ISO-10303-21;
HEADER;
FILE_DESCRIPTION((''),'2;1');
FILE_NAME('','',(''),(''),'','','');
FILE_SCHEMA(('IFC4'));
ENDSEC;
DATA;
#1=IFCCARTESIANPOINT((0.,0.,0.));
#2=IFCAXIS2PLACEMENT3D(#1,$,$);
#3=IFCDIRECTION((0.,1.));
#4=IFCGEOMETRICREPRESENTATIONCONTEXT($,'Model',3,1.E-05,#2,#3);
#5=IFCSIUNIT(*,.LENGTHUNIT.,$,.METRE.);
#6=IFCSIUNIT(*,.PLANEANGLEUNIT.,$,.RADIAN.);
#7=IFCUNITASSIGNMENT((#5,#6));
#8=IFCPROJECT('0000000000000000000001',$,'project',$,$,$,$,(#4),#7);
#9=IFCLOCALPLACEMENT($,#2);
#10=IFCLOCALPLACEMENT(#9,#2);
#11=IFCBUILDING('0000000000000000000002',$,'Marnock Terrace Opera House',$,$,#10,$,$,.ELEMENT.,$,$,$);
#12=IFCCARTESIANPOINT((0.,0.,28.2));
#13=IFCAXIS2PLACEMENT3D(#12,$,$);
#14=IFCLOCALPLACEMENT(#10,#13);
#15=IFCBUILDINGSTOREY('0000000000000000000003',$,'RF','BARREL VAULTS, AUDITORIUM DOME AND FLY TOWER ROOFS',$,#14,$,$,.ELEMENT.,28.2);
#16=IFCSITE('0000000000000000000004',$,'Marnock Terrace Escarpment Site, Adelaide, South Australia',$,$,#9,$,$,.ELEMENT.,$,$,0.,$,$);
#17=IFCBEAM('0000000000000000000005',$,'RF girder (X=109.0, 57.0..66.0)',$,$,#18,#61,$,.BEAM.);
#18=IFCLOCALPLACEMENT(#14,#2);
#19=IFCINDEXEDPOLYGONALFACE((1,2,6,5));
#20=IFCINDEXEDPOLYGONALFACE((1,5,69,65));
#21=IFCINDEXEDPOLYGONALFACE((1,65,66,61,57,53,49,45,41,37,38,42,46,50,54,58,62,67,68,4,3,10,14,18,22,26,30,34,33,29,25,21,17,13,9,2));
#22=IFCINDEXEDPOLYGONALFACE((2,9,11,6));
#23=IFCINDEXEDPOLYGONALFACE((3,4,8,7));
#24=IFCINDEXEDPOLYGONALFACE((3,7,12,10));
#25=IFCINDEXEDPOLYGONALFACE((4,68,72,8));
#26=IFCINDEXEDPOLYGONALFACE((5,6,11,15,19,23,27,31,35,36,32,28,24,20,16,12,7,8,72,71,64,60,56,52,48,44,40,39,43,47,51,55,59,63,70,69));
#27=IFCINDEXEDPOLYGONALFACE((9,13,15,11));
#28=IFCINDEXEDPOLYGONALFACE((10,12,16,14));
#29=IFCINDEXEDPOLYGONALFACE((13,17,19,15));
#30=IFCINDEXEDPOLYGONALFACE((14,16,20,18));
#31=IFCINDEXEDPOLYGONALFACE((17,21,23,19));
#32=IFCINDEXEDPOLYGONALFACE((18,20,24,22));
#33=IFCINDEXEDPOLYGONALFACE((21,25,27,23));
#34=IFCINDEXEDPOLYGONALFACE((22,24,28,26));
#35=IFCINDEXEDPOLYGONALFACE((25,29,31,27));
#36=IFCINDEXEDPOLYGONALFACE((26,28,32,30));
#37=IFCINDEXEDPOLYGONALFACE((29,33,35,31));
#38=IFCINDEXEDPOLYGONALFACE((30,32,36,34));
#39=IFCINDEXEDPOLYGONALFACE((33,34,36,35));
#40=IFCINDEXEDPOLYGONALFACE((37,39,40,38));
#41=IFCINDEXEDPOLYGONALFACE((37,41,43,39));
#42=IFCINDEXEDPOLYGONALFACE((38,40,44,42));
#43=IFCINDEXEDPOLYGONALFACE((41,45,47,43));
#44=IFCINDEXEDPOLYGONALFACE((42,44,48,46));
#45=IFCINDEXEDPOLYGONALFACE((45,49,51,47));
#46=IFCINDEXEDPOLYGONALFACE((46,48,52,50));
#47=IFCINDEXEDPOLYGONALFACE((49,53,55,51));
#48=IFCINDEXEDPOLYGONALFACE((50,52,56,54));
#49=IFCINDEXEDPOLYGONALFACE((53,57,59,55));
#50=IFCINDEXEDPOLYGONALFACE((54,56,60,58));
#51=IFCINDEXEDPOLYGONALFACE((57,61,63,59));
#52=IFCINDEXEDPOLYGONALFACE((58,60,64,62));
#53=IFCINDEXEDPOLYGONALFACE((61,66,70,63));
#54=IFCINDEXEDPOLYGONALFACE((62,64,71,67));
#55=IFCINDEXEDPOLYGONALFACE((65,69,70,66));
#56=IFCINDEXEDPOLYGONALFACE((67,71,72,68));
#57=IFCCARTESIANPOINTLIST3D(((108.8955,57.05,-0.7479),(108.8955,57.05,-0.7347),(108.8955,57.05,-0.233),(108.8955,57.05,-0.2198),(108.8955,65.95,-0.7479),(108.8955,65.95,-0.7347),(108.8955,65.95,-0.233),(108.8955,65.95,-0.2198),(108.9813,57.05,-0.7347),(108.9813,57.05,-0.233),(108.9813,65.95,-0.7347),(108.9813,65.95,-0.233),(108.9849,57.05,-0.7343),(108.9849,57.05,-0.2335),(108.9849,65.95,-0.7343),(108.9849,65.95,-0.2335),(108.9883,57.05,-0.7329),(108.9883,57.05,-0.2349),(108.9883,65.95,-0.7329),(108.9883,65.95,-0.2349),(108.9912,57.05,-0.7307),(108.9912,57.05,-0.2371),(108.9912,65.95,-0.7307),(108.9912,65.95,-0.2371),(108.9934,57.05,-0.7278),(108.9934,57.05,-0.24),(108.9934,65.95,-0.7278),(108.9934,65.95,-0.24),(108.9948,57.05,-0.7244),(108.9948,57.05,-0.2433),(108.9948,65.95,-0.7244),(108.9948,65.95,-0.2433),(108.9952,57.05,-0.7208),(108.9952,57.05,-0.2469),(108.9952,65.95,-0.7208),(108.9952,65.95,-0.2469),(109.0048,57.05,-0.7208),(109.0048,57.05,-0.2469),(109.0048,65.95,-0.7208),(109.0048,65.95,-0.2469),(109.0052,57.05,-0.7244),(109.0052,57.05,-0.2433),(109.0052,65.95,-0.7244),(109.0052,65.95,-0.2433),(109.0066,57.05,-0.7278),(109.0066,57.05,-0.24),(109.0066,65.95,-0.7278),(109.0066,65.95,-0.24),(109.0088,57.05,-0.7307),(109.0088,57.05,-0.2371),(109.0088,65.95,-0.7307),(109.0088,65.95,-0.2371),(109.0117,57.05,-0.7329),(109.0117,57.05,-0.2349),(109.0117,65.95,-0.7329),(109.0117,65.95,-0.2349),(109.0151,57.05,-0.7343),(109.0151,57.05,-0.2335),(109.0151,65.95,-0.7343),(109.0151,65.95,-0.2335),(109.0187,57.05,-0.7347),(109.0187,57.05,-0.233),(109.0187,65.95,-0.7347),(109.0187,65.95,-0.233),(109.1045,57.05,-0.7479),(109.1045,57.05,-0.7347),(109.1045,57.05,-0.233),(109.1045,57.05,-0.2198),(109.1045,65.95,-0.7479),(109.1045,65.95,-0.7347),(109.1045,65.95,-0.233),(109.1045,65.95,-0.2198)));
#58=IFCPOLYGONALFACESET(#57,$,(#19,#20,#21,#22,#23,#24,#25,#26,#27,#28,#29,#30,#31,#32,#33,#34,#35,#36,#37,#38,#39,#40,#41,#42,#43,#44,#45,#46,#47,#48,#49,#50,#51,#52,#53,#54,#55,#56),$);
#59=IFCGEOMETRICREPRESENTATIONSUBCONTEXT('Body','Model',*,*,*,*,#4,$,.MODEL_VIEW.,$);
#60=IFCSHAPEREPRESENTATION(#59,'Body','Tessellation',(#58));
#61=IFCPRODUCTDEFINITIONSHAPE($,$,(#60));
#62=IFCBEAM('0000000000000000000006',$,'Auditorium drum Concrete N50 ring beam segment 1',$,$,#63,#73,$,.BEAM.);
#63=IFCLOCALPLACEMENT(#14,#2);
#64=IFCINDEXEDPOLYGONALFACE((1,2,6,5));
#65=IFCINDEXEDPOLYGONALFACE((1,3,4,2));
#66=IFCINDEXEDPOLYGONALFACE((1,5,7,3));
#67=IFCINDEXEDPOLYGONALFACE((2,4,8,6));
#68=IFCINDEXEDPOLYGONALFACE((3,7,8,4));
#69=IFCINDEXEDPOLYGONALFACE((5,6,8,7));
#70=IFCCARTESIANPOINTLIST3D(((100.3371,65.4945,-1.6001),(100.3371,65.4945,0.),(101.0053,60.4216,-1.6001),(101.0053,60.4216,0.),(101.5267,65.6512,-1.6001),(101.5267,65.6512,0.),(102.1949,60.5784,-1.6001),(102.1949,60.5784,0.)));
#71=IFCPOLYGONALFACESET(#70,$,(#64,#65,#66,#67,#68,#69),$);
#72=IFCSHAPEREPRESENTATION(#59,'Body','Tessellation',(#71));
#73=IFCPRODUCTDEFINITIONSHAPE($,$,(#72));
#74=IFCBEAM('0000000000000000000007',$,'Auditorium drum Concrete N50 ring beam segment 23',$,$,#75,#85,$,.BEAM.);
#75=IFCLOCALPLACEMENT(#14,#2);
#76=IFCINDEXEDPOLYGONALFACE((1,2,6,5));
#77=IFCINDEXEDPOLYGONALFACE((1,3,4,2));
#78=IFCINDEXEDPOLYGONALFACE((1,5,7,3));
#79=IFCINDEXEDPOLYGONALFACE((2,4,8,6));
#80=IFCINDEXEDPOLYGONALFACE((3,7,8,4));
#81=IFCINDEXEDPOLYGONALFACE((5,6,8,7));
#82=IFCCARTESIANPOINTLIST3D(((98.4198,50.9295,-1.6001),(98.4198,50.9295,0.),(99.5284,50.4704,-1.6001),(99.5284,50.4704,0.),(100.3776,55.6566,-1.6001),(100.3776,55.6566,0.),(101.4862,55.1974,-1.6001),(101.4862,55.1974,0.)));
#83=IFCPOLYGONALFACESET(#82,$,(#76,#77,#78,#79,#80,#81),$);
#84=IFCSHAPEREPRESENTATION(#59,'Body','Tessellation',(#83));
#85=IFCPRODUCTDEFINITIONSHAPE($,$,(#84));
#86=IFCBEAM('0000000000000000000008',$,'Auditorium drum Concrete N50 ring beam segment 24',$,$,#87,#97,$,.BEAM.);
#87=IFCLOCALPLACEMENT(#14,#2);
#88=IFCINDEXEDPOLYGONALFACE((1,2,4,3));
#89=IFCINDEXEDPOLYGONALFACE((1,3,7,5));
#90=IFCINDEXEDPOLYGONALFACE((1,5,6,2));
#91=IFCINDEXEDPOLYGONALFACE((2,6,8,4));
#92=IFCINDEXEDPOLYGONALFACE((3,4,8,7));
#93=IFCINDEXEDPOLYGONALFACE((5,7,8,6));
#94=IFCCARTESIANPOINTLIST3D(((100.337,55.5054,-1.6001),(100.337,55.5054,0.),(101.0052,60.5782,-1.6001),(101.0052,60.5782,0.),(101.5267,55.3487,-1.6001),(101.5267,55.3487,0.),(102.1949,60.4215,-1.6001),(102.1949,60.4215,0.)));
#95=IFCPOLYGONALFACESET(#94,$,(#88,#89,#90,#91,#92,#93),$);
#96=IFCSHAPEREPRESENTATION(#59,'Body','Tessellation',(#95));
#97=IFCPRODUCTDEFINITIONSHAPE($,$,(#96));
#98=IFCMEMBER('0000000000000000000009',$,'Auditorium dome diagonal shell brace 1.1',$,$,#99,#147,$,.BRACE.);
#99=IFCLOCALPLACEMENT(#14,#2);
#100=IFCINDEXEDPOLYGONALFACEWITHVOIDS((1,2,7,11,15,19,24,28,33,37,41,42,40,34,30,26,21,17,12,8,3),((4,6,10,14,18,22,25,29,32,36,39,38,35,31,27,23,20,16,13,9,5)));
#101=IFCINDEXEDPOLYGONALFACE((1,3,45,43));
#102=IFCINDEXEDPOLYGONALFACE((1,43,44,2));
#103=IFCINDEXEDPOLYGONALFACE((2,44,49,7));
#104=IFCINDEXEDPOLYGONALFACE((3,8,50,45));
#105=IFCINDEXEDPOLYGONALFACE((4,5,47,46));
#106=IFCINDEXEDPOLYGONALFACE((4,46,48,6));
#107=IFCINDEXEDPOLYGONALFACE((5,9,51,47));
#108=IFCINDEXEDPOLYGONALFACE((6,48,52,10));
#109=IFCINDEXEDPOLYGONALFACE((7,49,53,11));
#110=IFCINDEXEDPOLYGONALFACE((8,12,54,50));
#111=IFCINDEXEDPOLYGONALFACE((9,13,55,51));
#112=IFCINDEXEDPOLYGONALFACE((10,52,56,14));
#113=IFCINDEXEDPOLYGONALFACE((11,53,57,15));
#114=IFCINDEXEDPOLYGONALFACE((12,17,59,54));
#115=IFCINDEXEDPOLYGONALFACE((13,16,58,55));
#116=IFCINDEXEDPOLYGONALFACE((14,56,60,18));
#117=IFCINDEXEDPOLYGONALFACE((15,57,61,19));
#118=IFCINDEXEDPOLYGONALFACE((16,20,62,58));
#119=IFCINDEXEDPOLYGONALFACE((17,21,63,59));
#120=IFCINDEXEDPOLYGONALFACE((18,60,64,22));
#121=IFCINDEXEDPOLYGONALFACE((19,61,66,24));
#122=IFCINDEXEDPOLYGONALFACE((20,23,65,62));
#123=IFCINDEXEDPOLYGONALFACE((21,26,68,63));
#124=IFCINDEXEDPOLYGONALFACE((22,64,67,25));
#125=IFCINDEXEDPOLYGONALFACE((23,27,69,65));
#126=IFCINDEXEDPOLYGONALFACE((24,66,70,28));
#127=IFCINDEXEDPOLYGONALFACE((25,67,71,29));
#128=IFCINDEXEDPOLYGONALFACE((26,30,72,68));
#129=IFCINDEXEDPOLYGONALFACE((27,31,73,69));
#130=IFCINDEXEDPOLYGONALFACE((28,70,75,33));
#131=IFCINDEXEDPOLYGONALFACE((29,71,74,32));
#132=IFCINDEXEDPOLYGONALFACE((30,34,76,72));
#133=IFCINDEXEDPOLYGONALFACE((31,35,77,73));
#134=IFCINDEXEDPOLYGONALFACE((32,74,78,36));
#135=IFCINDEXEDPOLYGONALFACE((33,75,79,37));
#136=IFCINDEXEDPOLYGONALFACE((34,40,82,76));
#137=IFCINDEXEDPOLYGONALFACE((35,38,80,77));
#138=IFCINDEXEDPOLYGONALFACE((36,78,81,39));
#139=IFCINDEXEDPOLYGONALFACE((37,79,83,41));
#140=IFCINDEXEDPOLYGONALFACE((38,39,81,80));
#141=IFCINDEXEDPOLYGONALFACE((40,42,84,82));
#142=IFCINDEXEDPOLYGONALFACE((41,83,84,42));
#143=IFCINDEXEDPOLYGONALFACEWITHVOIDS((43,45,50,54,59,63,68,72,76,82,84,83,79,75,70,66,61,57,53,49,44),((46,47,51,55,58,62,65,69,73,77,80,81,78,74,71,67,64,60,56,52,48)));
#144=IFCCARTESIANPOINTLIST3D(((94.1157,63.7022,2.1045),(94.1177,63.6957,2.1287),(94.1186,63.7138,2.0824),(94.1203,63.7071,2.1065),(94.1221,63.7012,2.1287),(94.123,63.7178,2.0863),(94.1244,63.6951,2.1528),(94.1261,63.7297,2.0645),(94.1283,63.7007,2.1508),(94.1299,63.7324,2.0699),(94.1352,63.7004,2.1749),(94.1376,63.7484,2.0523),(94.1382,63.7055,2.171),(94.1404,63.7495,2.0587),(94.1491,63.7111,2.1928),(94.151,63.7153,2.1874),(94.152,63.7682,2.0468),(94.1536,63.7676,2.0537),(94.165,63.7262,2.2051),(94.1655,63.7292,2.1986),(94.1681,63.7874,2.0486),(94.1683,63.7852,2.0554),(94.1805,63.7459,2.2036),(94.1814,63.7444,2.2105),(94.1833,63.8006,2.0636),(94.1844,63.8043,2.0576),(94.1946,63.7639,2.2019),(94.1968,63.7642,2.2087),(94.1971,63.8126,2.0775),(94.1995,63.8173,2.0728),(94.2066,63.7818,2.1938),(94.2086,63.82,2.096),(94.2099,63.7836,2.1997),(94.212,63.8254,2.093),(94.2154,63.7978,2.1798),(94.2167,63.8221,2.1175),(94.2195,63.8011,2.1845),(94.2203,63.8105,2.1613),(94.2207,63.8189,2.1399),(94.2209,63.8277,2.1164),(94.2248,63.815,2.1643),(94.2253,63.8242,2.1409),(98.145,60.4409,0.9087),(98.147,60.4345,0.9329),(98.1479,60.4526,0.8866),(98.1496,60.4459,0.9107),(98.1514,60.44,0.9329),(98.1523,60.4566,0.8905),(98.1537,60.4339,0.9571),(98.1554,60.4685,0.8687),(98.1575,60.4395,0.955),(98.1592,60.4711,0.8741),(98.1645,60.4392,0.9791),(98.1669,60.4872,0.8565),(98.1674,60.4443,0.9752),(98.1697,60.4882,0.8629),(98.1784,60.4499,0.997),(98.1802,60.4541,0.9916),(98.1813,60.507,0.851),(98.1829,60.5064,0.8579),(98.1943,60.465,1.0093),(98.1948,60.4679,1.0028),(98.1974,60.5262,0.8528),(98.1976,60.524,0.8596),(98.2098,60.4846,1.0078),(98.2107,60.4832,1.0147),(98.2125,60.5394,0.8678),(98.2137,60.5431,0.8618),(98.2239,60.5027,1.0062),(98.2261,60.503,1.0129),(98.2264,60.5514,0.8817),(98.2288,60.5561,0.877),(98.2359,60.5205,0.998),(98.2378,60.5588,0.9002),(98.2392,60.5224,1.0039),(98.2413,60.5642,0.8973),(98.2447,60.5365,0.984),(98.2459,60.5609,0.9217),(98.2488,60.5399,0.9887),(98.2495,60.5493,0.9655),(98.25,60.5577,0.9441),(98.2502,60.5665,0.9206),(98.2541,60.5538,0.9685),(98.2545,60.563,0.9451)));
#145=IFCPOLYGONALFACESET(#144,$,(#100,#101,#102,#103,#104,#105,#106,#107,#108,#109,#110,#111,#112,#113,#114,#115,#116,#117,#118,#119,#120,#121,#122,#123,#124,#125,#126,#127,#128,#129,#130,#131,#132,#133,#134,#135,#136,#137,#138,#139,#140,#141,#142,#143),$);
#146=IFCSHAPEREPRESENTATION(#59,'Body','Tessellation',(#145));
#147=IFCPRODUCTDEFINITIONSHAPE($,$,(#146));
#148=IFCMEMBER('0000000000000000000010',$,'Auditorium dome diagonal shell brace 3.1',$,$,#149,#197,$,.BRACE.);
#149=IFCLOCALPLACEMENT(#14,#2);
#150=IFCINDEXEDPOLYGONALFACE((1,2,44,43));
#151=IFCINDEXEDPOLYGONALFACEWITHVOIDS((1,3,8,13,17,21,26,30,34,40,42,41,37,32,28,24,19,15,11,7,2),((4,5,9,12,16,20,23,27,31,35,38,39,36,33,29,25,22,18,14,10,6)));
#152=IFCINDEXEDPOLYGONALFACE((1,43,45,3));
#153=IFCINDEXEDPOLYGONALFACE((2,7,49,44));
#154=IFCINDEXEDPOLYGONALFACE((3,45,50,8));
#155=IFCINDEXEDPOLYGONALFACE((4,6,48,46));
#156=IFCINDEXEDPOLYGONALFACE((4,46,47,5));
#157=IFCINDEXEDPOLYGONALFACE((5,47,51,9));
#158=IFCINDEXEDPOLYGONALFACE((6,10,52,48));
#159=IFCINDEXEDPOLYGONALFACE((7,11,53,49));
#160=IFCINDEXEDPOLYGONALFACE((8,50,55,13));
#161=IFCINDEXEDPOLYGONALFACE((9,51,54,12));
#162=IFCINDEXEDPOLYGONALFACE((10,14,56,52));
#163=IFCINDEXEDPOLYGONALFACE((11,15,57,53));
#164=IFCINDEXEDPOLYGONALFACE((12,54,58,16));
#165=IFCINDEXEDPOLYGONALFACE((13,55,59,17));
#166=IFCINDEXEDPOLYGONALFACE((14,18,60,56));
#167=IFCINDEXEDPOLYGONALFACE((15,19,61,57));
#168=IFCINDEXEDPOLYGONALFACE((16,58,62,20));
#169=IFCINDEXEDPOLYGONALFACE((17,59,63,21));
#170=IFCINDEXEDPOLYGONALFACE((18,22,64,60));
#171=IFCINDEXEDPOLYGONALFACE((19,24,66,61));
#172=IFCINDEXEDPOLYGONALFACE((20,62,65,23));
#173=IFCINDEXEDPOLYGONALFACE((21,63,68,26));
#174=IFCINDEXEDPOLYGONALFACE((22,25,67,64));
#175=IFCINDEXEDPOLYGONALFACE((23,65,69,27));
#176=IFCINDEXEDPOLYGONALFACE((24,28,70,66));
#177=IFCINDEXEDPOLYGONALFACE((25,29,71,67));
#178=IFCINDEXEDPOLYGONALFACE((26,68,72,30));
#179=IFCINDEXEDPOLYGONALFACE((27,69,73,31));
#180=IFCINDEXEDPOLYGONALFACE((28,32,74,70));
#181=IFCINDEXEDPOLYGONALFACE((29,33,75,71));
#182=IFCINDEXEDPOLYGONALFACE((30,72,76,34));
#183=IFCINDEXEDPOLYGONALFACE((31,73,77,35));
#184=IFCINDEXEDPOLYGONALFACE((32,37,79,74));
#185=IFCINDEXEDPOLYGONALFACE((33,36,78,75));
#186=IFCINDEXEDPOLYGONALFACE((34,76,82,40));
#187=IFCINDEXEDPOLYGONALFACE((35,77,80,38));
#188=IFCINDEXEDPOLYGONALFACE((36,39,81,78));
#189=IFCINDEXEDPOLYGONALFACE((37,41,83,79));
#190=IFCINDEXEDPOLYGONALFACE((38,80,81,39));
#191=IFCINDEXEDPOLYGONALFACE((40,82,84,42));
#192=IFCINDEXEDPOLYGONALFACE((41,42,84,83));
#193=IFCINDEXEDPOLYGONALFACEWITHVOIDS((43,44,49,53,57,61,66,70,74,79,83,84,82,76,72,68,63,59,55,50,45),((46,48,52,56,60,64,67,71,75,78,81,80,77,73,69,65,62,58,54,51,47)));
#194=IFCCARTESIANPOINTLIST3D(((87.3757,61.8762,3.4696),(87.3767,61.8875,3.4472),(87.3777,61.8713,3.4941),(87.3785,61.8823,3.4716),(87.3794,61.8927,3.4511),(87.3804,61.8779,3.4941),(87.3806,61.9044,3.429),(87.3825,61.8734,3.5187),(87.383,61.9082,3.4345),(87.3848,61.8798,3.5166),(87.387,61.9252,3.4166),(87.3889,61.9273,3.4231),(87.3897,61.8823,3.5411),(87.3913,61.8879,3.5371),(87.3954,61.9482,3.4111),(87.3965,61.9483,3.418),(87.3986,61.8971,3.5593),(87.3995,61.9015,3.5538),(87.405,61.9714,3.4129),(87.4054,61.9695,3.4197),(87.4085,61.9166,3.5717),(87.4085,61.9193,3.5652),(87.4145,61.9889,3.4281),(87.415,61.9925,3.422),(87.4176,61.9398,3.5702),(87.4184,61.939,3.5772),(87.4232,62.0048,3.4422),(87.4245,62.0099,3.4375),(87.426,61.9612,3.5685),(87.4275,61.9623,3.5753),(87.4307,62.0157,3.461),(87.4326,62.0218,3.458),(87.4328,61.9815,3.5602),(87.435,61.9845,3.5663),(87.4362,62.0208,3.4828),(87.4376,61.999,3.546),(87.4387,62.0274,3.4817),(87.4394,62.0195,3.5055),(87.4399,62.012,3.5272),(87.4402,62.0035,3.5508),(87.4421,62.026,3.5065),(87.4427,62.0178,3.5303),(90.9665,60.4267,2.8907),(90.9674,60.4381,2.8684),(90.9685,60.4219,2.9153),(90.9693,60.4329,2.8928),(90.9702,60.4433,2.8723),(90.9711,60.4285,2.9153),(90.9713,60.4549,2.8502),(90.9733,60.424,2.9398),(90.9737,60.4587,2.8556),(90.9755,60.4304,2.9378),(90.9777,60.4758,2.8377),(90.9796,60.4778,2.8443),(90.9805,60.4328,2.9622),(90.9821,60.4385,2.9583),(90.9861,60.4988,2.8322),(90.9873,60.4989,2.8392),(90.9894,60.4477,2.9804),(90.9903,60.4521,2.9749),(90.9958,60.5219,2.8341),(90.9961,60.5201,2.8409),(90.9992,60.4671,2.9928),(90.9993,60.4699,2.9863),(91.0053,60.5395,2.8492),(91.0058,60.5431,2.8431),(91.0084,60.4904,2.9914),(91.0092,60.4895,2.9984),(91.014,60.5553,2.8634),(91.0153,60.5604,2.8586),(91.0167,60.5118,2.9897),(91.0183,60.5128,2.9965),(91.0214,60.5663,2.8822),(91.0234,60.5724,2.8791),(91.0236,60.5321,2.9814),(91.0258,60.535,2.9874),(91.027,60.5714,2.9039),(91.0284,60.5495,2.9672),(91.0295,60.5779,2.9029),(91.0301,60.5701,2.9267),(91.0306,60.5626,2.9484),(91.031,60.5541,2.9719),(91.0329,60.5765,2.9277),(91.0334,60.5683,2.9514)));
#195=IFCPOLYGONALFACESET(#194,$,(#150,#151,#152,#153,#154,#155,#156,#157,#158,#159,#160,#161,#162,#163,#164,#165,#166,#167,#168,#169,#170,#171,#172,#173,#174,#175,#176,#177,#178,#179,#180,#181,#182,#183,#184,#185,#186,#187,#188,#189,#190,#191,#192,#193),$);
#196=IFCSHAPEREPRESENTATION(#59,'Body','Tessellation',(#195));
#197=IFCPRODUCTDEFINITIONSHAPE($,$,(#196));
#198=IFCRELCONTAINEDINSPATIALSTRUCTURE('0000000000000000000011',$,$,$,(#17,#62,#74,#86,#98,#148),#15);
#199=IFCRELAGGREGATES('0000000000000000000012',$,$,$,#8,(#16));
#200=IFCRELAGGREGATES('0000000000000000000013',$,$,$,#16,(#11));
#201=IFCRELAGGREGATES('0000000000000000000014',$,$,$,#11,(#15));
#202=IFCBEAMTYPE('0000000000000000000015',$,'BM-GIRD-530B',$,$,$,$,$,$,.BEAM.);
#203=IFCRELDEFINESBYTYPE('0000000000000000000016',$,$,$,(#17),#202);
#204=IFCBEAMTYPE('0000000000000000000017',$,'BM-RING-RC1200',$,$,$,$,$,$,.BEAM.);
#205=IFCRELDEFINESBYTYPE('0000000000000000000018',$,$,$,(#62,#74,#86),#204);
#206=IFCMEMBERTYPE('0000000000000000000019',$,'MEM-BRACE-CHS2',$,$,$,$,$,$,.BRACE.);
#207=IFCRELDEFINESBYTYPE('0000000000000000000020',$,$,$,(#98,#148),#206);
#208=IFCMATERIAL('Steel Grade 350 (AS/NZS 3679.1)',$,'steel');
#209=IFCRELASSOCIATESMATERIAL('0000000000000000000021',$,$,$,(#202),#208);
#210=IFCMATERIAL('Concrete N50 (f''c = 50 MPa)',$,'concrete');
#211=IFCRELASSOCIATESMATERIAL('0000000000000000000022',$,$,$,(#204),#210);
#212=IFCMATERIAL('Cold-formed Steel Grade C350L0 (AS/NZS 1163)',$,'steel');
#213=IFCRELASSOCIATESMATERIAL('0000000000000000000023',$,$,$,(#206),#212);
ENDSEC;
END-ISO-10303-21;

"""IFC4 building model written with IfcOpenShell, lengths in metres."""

from ifc_helpers import new_model, si_unit, direction, frame, origin, origin_2d, place, context, subcontext, project, spatial, rectangle, hollow_circle, i_section, extrude, material, material_profile, profile_set, type_object, element, save


model = new_model("IFC4")

# Units and contexts
model_context = context("Model", 3, precision=1e-05, world=origin(), true_north=direction((0.0, 1.0)))
body_context = subcontext(model_context, "Body", "Model", "MODEL_VIEW")
ifc_project = project(units=[si_unit("LENGTHUNIT", "METRE"), si_unit("PLANEANGLEUNIT", "RADIAN")], contexts=[model_context])

# Site, building, storey
site_placement = place(None, origin())
site = spatial("IfcSite", under=ifc_project, at=site_placement, Name="Marnock Terrace Escarpment Site, Adelaide, South Australia", CompositionType="ELEMENT", RefElevation=0.0)
building_placement = place(site_placement, origin())
building = spatial("IfcBuilding", under=site, at=building_placement, Name="Marnock Terrace Opera House", CompositionType="ELEMENT")
storey_placement = place(building_placement, frame((0.0, 0.0, 28.2)))
storey = spatial("IfcBuildingStorey", under=building, at=storey_placement, Name="RF", Description="BARREL VAULTS, AUDITORIUM DOME AND FLY TOWER ROOFS", CompositionType="ELEMENT", Elevation=28.2)

# Beams
ifc_material_1 = material(Name="Steel Grade 350 (AS/NZS 3679.1)", Category="steel")
ifc_material_profile_1 = material_profile(ifc_material_1, i_section(OverallWidth=0.209, OverallDepth=0.5281, WebThickness=0.0095, FlangeThickness=0.0132, FilletRadius=0.0139, at=origin_2d()))
ifc_profile_set_1 = profile_set([ifc_material_profile_1], Name="Steel Grade 350 (AS/NZS 3679.1)")
beam_type_1 = type_object("IfcBeamType", Name="BM-GIRD-530B", PredefinedType="BEAM", material=ifc_profile_set_1)
beam_1_placement = place(storey_placement, frame((109.0, 57.05, -0.4839), z_axis=(0.0, 1.0, 0.0), x_axis=(-1.0, 0.0, 0.0)))
element("IfcBeam", 1, at=beam_1_placement, inside=storey, type_object=beam_type_1, Name="RF girder (X=109.0, 57.0..66.0)", PredefinedType="BEAM", context=body_context, shape_type="SweptSolid", body=[
    extrude(i_section(OverallWidth=0.209, OverallDepth=0.5281, WebThickness=0.0095, FlangeThickness=0.0132, FilletRadius=0.0139, at=origin_2d()), origin(), (0.0, 0.0, 1.0), 8.8999),
])
ifc_material_2 = material(Name="Concrete N50 (f'c = 50 MPa)", Category="concrete")
ifc_material_profile_2 = material_profile(ifc_material_2, rectangle(XDim=1.2, YDim=1.6001, at=origin_2d()))
ifc_profile_set_2 = profile_set([ifc_material_profile_2], Name="Concrete N50 (f'c = 50 MPa)")
beam_type_2 = type_object("IfcBeamType", Name="BM-RING-RC1200", PredefinedType="BEAM", material=ifc_profile_set_2)
beam_2_placement = place(storey_placement, frame((101.6001, 60.5, -0.8), z_axis=(-0.130592, 0.991436, 0.0), x_axis=(-0.991436, -0.130592, 0.0)))
element("IfcBeam", 2, at=beam_2_placement, inside=storey, type_object=beam_type_2, Name="Auditorium drum Concrete N50 ring beam segment 1", PredefinedType="BEAM", context=body_context, shape_type="SweptSolid", body=[
    extrude(rectangle(XDim=1.2, YDim=1.6001, at=origin_2d()), origin(), (0.0, 0.0, 1.0), 5.1167),
])
beam_3_placement = place(storey_placement, frame((98.9741, 50.7, -0.8), z_axis=(0.382643, 0.923896, 0.0), x_axis=(-0.923896, 0.382643, 0.0)))
element("IfcBeam", 3, at=beam_3_placement, inside=storey, type_object=beam_type_2, Name="Auditorium drum Concrete N50 ring beam segment 23", PredefinedType="BEAM", context=body_context, shape_type="SweptSolid", body=[
    extrude(rectangle(XDim=1.2, YDim=1.6001, at=origin_2d()), origin(), (0.0, 0.0, 1.0), 5.1165),
])
beam_4_placement = place(storey_placement, frame((100.9319, 55.427, -0.8), z_axis=(0.130592, 0.991436, 0.0), x_axis=(-0.991436, 0.130592, 0.0)))
element("IfcBeam", 4, at=beam_4_placement, inside=storey, type_object=beam_type_2, Name="Auditorium drum Concrete N50 ring beam segment 24", PredefinedType="BEAM", context=body_context, shape_type="SweptSolid", body=[
    extrude(rectangle(XDim=1.2, YDim=1.6001, at=origin_2d()), origin(), (0.0, 0.0, 1.0), 5.1167),
])

# Members
ifc_material_3 = material(Name="Cold-formed Steel Grade C350L0 (AS/NZS 1163)", Category="steel")
ifc_material_profile_3 = material_profile(ifc_material_3, hollow_circle(Radius=0.0842, WallThickness=0.0071, at=origin_2d()))
ifc_profile_set_3 = profile_set([ifc_material_profile_3], Name="Cold-formed Steel Grade C350L0 (AS/NZS 1163)")
member_type_1 = type_object("IfcMemberType", Name="MEM-BRACE-CHS2", PredefinedType="BRACE", material=ifc_profile_set_3)
member_1_placement = place(storey_placement, frame((98.2, 60.5, 0.9329), z_axis=(-0.757408, 0.613031, 0.224781), x_axis=(-0.62913, -0.7773, 0.0)))
element("IfcMember", 5, at=member_1_placement, inside=storey, type_object=member_type_1, Name="Auditorium dome diagonal shell brace 1.1", PredefinedType="BRACE", context=body_context, shape_type="SweptSolid", body=[
    extrude(hollow_circle(Radius=0.0842, WallThickness=0.0071, at=origin_2d()), origin(), (0.0, 0.0, 1.0), 5.3198),
])
member_2_placement = place(storey_placement, frame((91.0, 60.5, 2.9153), z_axis=(-0.917112, 0.3702, 0.147843), x_axis=(-0.374313, -0.927302, 0.0)))
element("IfcMember", 6, at=member_2_placement, inside=storey, type_object=member_type_1, Name="Auditorium dome diagonal shell brace 3.1", PredefinedType="BRACE", context=body_context, shape_type="SweptSolid", body=[
    extrude(hollow_circle(Radius=0.0842, WallThickness=0.0071, at=origin_2d()), origin(), (0.0, 0.0, 1.0), 3.9153),
])

save(model, "model.ifc")
